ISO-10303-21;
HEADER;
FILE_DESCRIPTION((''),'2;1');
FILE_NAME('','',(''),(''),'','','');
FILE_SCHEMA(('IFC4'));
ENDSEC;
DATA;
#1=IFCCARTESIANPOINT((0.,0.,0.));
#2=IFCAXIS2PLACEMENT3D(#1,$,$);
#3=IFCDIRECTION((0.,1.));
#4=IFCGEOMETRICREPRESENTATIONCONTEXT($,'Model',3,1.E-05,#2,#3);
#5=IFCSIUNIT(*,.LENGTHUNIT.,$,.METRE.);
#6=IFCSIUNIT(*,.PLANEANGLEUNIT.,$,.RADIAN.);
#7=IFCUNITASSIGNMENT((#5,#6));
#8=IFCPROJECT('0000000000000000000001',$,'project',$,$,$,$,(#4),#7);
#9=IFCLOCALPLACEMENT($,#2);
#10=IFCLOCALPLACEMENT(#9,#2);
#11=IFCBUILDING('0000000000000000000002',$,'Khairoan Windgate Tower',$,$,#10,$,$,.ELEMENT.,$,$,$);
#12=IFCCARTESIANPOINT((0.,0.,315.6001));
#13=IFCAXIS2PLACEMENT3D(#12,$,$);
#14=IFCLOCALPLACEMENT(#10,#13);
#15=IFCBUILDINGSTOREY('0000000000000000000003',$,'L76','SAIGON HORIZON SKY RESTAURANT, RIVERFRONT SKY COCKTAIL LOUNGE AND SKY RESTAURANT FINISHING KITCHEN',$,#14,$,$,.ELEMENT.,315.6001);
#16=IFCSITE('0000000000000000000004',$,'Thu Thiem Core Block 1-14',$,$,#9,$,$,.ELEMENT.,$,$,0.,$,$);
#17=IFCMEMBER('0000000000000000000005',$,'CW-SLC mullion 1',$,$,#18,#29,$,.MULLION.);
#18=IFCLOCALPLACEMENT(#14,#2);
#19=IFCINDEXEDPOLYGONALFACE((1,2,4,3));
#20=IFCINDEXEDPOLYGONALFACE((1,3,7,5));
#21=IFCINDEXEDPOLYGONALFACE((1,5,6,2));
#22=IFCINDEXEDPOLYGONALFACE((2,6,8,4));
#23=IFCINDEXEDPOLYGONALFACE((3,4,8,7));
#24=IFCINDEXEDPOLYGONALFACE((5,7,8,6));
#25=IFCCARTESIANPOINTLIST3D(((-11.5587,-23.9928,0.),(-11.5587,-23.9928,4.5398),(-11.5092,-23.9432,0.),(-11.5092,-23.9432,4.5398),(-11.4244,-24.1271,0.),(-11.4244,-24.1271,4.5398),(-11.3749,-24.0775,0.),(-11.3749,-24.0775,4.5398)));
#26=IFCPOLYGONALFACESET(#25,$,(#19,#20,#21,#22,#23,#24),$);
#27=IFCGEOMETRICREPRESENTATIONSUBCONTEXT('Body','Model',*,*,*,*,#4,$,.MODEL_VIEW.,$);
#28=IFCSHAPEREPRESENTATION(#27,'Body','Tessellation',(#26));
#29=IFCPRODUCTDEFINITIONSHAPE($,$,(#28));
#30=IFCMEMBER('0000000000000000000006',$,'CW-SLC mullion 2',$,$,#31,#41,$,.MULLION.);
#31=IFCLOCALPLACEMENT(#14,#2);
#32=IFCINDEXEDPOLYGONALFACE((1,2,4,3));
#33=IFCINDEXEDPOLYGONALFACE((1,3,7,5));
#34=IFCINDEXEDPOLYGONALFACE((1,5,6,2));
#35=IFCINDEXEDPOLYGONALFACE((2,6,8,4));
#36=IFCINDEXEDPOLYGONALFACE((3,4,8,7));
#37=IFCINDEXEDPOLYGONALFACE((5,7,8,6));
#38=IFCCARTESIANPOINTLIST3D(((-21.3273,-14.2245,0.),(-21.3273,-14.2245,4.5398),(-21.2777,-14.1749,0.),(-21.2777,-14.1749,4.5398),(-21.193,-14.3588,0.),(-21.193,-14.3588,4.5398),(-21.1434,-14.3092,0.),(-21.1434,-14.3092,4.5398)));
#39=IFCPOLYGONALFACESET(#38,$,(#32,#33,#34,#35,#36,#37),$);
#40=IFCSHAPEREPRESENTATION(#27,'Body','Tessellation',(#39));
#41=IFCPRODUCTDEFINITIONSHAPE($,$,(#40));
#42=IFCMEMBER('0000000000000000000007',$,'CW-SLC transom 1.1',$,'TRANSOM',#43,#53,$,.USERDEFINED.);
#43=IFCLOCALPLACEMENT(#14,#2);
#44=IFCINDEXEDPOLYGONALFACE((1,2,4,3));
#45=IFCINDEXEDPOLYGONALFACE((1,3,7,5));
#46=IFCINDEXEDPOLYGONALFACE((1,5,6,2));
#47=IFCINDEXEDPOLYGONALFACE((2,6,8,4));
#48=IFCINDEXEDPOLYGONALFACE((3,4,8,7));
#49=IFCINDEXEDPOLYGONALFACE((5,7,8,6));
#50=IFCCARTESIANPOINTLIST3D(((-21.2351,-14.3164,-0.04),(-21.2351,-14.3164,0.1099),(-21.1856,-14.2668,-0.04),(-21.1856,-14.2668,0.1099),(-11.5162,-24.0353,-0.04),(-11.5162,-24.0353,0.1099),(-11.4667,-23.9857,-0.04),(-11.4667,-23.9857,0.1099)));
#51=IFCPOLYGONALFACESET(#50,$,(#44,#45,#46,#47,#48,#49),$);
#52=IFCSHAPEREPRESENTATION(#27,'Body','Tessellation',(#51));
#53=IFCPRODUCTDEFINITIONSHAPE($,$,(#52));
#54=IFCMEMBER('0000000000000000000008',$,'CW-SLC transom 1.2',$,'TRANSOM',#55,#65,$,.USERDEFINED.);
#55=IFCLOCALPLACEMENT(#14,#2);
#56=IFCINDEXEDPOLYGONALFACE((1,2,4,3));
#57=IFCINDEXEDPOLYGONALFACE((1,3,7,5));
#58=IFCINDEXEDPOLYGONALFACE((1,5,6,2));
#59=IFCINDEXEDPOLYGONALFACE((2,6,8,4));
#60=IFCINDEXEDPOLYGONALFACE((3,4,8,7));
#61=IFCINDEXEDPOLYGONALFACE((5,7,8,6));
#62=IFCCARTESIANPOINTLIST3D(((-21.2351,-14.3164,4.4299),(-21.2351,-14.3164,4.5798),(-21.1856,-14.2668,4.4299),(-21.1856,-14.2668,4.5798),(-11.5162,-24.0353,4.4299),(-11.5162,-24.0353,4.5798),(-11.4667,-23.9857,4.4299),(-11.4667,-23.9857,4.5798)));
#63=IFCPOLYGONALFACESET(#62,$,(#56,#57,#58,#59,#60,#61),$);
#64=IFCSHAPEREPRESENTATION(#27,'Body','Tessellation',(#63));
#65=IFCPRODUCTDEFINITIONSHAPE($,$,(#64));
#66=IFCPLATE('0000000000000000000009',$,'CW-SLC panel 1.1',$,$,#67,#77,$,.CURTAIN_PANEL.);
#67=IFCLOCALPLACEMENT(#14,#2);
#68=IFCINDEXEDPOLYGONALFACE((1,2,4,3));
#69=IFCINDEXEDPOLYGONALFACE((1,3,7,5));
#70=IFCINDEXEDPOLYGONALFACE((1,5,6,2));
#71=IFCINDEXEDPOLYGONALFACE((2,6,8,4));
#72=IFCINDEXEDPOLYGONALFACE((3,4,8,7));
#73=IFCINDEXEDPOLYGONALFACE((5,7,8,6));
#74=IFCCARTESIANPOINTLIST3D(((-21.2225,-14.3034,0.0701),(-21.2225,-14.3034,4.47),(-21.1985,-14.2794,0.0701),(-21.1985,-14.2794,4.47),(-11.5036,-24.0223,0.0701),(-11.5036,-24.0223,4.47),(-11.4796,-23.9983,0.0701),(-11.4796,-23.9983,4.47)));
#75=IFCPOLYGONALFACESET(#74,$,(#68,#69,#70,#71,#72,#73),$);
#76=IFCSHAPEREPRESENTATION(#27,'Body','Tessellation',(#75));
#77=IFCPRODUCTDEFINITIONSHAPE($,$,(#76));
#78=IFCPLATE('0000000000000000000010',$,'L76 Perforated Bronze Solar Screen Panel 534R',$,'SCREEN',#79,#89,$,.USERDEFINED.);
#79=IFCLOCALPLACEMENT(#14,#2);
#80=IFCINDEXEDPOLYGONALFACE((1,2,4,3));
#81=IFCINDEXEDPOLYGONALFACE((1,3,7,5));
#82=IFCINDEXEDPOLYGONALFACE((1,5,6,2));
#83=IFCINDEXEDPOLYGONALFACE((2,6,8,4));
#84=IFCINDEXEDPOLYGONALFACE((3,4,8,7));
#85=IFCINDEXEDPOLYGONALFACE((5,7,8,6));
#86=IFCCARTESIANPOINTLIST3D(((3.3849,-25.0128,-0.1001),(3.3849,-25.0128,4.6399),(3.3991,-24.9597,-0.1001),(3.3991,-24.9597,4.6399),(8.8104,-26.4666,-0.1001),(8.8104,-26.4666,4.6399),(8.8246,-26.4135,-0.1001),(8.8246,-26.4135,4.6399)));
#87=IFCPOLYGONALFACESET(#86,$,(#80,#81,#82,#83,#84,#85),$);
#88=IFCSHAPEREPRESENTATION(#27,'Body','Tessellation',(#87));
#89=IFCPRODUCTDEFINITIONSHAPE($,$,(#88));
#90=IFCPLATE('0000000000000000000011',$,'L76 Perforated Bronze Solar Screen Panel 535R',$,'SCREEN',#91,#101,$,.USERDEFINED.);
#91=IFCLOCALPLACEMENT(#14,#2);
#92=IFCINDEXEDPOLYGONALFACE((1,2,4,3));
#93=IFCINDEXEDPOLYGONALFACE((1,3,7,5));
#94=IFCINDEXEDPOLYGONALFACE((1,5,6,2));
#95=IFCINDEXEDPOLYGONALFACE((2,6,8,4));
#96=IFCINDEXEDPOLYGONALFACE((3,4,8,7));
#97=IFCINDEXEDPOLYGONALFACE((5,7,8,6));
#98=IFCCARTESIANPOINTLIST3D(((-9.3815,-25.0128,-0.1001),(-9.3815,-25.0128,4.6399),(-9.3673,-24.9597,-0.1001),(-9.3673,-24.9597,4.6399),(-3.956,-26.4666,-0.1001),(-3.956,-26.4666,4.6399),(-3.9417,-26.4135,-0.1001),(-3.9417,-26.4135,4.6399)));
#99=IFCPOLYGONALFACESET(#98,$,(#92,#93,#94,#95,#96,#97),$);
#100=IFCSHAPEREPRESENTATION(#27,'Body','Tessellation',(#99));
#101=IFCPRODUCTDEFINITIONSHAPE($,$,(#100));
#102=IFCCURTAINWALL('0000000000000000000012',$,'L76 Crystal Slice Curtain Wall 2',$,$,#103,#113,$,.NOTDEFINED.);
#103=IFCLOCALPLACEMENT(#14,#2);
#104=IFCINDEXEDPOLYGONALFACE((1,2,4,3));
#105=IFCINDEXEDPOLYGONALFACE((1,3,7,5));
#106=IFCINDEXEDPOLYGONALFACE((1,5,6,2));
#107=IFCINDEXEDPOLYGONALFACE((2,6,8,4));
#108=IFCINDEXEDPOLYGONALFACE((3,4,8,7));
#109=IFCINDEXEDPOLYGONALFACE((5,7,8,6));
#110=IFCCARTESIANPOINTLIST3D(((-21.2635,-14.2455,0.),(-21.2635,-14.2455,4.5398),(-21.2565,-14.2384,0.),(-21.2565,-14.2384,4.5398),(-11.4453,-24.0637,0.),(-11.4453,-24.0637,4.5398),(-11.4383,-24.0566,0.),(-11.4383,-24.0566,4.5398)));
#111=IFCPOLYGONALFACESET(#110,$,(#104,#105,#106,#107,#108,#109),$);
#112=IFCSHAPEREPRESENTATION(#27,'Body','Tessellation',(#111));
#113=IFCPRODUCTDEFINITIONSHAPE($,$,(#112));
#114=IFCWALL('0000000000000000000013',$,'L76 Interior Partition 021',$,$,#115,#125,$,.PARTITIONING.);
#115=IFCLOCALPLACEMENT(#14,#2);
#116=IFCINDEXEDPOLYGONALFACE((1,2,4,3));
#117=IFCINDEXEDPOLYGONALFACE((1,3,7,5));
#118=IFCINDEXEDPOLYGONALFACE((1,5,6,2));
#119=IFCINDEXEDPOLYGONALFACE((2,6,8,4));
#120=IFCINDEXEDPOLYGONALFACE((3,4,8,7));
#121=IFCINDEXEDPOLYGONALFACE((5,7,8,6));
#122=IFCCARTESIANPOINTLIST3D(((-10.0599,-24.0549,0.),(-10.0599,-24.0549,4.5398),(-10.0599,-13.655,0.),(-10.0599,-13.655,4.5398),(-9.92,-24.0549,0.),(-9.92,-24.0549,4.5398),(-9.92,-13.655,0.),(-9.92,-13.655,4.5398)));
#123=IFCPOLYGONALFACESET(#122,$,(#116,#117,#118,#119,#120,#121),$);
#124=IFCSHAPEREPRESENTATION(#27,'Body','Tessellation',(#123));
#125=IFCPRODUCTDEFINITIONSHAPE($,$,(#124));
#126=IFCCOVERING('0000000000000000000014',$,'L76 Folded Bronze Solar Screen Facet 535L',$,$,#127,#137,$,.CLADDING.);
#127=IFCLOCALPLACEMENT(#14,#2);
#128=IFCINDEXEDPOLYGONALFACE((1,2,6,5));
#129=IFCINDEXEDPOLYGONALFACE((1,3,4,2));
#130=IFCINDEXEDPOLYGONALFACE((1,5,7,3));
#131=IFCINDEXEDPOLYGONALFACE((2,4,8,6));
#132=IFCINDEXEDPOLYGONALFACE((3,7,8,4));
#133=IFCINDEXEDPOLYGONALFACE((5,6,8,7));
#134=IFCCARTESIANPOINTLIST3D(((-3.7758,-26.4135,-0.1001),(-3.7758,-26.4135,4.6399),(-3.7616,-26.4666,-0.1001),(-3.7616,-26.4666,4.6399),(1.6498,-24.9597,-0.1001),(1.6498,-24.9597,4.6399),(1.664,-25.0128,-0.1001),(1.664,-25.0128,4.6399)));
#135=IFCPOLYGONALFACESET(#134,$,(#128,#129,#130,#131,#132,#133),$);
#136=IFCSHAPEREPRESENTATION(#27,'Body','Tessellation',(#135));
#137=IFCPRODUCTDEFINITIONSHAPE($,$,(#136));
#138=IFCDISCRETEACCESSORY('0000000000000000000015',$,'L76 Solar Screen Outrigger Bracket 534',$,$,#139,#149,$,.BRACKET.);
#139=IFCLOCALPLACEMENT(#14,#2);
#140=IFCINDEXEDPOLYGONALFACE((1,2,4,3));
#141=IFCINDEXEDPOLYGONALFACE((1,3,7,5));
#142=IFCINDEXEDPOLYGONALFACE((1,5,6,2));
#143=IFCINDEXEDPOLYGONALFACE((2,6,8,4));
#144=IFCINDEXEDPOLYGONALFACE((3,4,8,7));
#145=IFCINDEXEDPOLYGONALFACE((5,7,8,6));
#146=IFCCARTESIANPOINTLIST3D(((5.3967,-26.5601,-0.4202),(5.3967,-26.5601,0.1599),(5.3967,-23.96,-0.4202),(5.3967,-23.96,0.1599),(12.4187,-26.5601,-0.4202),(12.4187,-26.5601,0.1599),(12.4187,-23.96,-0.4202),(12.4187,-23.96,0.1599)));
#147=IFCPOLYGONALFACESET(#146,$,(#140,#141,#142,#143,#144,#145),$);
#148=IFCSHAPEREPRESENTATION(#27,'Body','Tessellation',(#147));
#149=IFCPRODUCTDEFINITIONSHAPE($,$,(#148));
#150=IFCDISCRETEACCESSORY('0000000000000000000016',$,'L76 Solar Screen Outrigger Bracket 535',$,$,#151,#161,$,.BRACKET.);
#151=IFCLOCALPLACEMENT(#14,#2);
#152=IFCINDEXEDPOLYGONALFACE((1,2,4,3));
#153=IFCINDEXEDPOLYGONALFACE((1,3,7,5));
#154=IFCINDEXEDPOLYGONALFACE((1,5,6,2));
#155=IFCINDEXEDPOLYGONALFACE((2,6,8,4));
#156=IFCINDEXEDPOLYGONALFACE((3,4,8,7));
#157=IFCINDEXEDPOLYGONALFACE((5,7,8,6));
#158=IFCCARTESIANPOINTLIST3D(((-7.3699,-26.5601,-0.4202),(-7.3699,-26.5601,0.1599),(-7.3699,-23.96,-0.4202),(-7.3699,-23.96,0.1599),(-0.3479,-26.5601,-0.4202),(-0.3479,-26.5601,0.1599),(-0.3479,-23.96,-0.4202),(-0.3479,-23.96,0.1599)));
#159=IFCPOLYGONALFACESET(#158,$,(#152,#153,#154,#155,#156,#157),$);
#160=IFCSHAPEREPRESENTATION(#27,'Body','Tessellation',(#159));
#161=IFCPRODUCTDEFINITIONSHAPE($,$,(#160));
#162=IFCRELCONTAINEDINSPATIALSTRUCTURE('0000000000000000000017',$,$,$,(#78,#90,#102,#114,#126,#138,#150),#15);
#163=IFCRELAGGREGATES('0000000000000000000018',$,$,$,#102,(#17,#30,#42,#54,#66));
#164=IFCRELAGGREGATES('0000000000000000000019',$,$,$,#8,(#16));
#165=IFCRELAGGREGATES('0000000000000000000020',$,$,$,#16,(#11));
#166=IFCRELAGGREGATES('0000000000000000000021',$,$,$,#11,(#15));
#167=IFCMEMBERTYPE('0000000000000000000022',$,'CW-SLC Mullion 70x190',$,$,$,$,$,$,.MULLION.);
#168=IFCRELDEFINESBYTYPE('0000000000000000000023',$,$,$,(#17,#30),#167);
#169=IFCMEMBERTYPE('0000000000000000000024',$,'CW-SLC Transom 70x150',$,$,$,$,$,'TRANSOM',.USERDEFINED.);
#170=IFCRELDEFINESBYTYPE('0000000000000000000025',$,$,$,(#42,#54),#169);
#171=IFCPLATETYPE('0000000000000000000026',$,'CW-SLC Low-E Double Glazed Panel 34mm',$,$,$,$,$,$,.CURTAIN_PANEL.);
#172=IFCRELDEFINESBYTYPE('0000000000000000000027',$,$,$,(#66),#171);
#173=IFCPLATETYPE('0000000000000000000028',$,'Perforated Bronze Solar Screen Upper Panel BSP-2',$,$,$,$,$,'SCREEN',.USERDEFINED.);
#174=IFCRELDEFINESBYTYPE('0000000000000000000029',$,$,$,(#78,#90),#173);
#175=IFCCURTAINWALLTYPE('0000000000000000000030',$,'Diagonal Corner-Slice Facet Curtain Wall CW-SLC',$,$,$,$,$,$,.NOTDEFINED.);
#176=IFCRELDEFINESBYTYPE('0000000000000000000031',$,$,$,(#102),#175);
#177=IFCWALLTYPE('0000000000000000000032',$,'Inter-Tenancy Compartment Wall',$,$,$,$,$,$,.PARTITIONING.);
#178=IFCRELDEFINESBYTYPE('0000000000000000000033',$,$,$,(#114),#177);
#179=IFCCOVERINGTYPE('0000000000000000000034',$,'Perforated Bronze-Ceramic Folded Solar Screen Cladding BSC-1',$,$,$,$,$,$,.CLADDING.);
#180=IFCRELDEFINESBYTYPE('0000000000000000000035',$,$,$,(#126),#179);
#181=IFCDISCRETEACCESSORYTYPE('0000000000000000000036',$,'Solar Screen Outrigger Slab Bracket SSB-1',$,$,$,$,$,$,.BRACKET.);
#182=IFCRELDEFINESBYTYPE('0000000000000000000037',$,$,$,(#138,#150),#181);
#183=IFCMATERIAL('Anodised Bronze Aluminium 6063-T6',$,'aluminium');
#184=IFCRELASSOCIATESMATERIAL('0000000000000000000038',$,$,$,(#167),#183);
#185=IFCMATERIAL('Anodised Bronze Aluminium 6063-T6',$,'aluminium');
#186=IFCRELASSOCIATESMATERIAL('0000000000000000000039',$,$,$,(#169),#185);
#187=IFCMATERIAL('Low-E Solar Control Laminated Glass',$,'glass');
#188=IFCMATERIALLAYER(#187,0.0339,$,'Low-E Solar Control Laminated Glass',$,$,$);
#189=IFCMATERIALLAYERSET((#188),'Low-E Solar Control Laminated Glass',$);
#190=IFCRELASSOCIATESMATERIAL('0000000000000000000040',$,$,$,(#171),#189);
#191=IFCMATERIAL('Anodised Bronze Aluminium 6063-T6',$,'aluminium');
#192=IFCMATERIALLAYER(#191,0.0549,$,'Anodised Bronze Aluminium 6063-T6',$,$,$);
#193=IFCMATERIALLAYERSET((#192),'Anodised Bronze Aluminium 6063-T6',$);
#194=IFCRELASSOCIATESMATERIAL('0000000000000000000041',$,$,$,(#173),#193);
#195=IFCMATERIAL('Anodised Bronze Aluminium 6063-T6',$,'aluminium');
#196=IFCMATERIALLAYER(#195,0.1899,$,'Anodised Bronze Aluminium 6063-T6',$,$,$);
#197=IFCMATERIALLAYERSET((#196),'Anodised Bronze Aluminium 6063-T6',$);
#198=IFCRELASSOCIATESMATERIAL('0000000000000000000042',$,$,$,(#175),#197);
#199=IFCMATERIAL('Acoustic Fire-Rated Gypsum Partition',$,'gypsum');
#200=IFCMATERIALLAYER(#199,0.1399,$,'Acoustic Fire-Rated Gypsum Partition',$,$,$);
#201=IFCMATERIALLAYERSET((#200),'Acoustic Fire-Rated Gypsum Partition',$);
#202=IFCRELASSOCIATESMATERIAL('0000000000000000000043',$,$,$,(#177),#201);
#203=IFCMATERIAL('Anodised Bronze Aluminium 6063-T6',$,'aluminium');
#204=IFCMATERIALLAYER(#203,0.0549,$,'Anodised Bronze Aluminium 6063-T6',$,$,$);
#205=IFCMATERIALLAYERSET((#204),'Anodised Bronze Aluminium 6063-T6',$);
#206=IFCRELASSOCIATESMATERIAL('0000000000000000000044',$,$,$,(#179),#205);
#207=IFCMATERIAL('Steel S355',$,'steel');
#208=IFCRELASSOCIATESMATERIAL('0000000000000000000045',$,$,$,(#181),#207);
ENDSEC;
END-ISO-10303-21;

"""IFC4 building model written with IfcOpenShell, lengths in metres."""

from ifc_helpers import new_model, si_unit, direction, frame, frame_2d, origin, origin_2d, place, context, subcontext, project, spatial, rectangle, extrude, material, layer, layer_set, material_profile, profile_set, type_object, element, aggregate, save


model = new_model("IFC4")

# Units and contexts
model_context = context("Model", 3, precision=1e-05, world=origin(), true_north=direction((0.0, 1.0)))
body_context = subcontext(model_context, "Body", "Model", "MODEL_VIEW")
ifc_project = project(units=[si_unit("LENGTHUNIT", "METRE"), si_unit("PLANEANGLEUNIT", "RADIAN")], contexts=[model_context])

# Site, building, storey
site_placement = place(None, origin())
site = spatial("IfcSite", under=ifc_project, at=site_placement, Name="Thu Thiem Core Block 1-14", CompositionType="ELEMENT", RefElevation=0.0)
building_placement = place(site_placement, origin())
building = spatial("IfcBuilding", under=site, at=building_placement, Name="Khairoan Windgate Tower", CompositionType="ELEMENT")
storey_placement = place(building_placement, frame((0.0, 0.0, 315.6001)))
storey = spatial("IfcBuildingStorey", under=building, at=storey_placement, Name="L76", Description="SAIGON HORIZON SKY RESTAURANT, RIVERFRONT SKY COCKTAIL LOUNGE AND SKY RESTAURANT FINISHING KITCHEN", CompositionType="ELEMENT", Elevation=315.6001)

# Members
ifc_material_1 = material(Name="Anodised Bronze Aluminium 6063-T6", Category="aluminium")
ifc_material_profile_1 = material_profile(ifc_material_1, rectangle(XDim=0.0701, YDim=0.1899, at=origin_2d()))
ifc_profile_set_1 = profile_set([ifc_material_profile_1], Name="Anodised Bronze Aluminium 6063-T6")
member_type_1 = type_object("IfcMemberType", Name="CW-SLC Mullion 70x190", PredefinedType="MULLION", material=ifc_profile_set_1)
member_1_placement = place(storey_placement, frame((-11.4668, -24.0352, 0.0), z_axis=(0.0, 0.0, 1.0), x_axis=(-0.707107, -0.707107, 0.0)))
member_1 = element("IfcMember", 1, at=member_1_placement, type_object=member_type_1, Name="CW-SLC mullion 1", PredefinedType="MULLION", context=body_context, shape_type="SweptSolid", body=[
    extrude(rectangle(XDim=0.0701, YDim=0.1899, at=origin_2d()), origin(), (0.0, 0.0, 1.0), 4.5398),
])
member_2_placement = place(storey_placement, frame((-21.2354, -14.2668, 0.0), z_axis=(0.0, 0.0, 1.0), x_axis=(-0.707107, -0.707107, 0.0)))
member_2 = element("IfcMember", 2, at=member_2_placement, type_object=member_type_1, Name="CW-SLC mullion 2", PredefinedType="MULLION", context=body_context, shape_type="SweptSolid", body=[
    extrude(rectangle(XDim=0.0701, YDim=0.1899, at=origin_2d()), origin(), (0.0, 0.0, 1.0), 4.5398),
])
ifc_material_2 = material(Name="Anodised Bronze Aluminium 6063-T6", Category="aluminium")
ifc_material_profile_2 = material_profile(ifc_material_2, rectangle(XDim=0.0701, YDim=0.1499, at=origin_2d()))
ifc_profile_set_2 = profile_set([ifc_material_profile_2], Name="Anodised Bronze Aluminium 6063-T6")
member_type_2 = type_object("IfcMemberType", Name="CW-SLC Transom 70x150", ElementType="TRANSOM", PredefinedType="USERDEFINED", material=ifc_profile_set_2)
member_3_placement = place(storey_placement, frame((-11.4915, -24.0105, 0.0349), z_axis=(-0.707107, 0.707107, 0.0), x_axis=(-0.707107, -0.707107, 0.0)))
member_3 = element("IfcMember", 3, at=member_3_placement, type_object=member_type_2, Name="CW-SLC transom 1.1", ObjectType="TRANSOM", PredefinedType="USERDEFINED", context=body_context, shape_type="SweptSolid", body=[
    extrude(rectangle(XDim=0.0701, YDim=0.1499, at=origin_2d()), origin(), (0.0, 0.0, 1.0), 13.7446),
])
member_4_placement = place(storey_placement, frame((-11.4915, -24.0105, 4.5049), z_axis=(-0.707107, 0.707107, 0.0), x_axis=(-0.707107, -0.707107, 0.0)))
member_4 = element("IfcMember", 4, at=member_4_placement, type_object=member_type_2, Name="CW-SLC transom 1.2", ObjectType="TRANSOM", PredefinedType="USERDEFINED", context=body_context, shape_type="SweptSolid", body=[
    extrude(rectangle(XDim=0.0701, YDim=0.1499, at=origin_2d()), origin(), (0.0, 0.0, 1.0), 13.7446),
])

# Plate
ifc_material_3 = material(Name="Low-E Solar Control Laminated Glass", Category="glass")
ifc_layer_1 = layer(ifc_material_3, 0.0339, Name="Low-E Solar Control Laminated Glass")
ifc_layer_set_1 = layer_set([ifc_layer_1], Name="Low-E Solar Control Laminated Glass")
plate_type_1 = type_object("IfcPlateType", Name="CW-SLC Low-E Double Glazed Panel 34mm", PredefinedType="CURTAIN_PANEL", material=ifc_layer_set_1)
plate_placement = place(storey_placement, frame((-16.3511, -19.1509, 0.0701), z_axis=(0.0, 0.0, 1.0), x_axis=(-0.707107, 0.707107, 0.0)))
plate = element("IfcPlate", 5, at=plate_placement, type_object=plate_type_1, Name="CW-SLC panel 1.1", PredefinedType="CURTAIN_PANEL", context=body_context, shape_type="SweptSolid", body=[
    extrude(rectangle(XDim=13.7446, YDim=0.0339, at=origin_2d()), origin(), (0.0, 0.0, 1.0), 4.3999),
])

# Plates
ifc_material_4 = material(Name="Anodised Bronze Aluminium 6063-T6", Category="aluminium")
ifc_layer_2 = layer(ifc_material_4, 0.0549, Name="Anodised Bronze Aluminium 6063-T6")
ifc_layer_set_2 = layer_set([ifc_layer_2], Name="Anodised Bronze Aluminium 6063-T6")
plate_type_2 = type_object("IfcPlateType", Name="Perforated Bronze Solar Screen Upper Panel BSP-2", ElementType="SCREEN", PredefinedType="USERDEFINED", material=ifc_layer_set_2)
for number, where, z_axis, x_axis, name in (
    (6, (6.1047, -25.7131, -0.1001), (0.0, 0.0, 1.0), (-0.965926, 0.258819, 0.0), "L76 Perforated Bronze Solar Screen Panel 534R"),
    (7, (-6.6616, -25.7131, -0.1001), (0.0, 0.0, 1.0), (-0.965926, 0.258819, 0.0), "L76 Perforated Bronze Solar Screen Panel 535R"),
):
    element("IfcPlate", number, at=place(storey_placement, frame(where, z_axis=z_axis, x_axis=x_axis)), inside=storey, type_object=plate_type_2, Name=name, ObjectType="SCREEN", PredefinedType="USERDEFINED", context=body_context, shape_type="SweptSolid", body=[
        extrude(rectangle(XDim=5.6169, YDim=0.0549, at=origin_2d()), origin(), (0.0, 0.0, 1.0), 4.74),
    ])

# Curtain wall
ifc_material_5 = material(Name="Anodised Bronze Aluminium 6063-T6", Category="aluminium")
ifc_layer_3 = layer(ifc_material_5, 0.1899, Name="Anodised Bronze Aluminium 6063-T6")
ifc_layer_set_3 = layer_set([ifc_layer_3], Name="Anodised Bronze Aluminium 6063-T6")
curtain_wall_type = type_object("IfcCurtainWallType", Name="Diagonal Corner-Slice Facet Curtain Wall CW-SLC", PredefinedType="NOTDEFINED", material=ifc_layer_set_3)
curtain_wall_placement = place(storey_placement, frame((-11.4419, -24.0601, 0.0), z_axis=(0.0, 0.0, 1.0), x_axis=(-0.707107, 0.707107, 0.0)))
curtain_wall = element("IfcCurtainWall", 8, at=curtain_wall_placement, inside=storey, type_object=curtain_wall_type, Name="L76 Crystal Slice Curtain Wall 2", PredefinedType="NOTDEFINED", context=body_context, shape_type="SweptSolid", body=[
    extrude(rectangle(XDim=13.885, YDim=0.01, at=frame_2d((6.9424, 0.0))), origin(), (0.0, 0.0, 1.0), 4.5398),
])
aggregate(curtain_wall, [member_1, member_2, member_3, member_4, plate])

# Wall
ifc_material_6 = material(Name="Acoustic Fire-Rated Gypsum Partition", Category="gypsum")
ifc_layer_4 = layer(ifc_material_6, 0.1399, Name="Acoustic Fire-Rated Gypsum Partition")
ifc_layer_set_4 = layer_set([ifc_layer_4], Name="Acoustic Fire-Rated Gypsum Partition")
wall_type = type_object("IfcWallType", Name="Inter-Tenancy Compartment Wall", PredefinedType="PARTITIONING", material=ifc_layer_set_4)
wall_placement = place(storey_placement, frame((-9.99, -24.0549, 0.0), z_axis=(0.0, 0.0, 1.0), x_axis=(0.0, 1.0, 0.0)))
element("IfcWall", 9, at=wall_placement, inside=storey, type_object=wall_type, Name="L76 Interior Partition 021", PredefinedType="PARTITIONING", context=body_context, shape_type="SweptSolid", body=[
    extrude(rectangle(XDim=10.3999, YDim=0.1399, at=frame_2d((5.2, 0.0))), origin(), (0.0, 0.0, 1.0), 4.5398),
])

# Covering
ifc_material_7 = material(Name="Anodised Bronze Aluminium 6063-T6", Category="aluminium")
ifc_layer_5 = layer(ifc_material_7, 0.0549, Name="Anodised Bronze Aluminium 6063-T6")
ifc_layer_set_5 = layer_set([ifc_layer_5], Name="Anodised Bronze Aluminium 6063-T6")
covering_type = type_object("IfcCoveringType", Name="Perforated Bronze-Ceramic Folded Solar Screen Cladding BSC-1", PredefinedType="CLADDING", material=ifc_layer_set_5)
covering_placement = place(storey_placement, frame((-1.0559, -25.7131, -0.1001), z_axis=(0.0, 0.0, 1.0), x_axis=(-0.965926, -0.258819, 0.0)))
element("IfcCovering", 10, at=covering_placement, inside=storey, type_object=covering_type, Name="L76 Folded Bronze Solar Screen Facet 535L", PredefinedType="CLADDING", context=body_context, shape_type="SweptSolid", body=[
    extrude(rectangle(XDim=5.6169, YDim=0.0549, at=origin_2d()), origin(), (0.0, 0.0, 1.0), 4.74),
])

# Discrete accessories
ifc_material_8 = material(Name="Steel S355", Category="steel")
discrete_accessory_type = type_object("IfcDiscreteAccessoryType", Name="Solar Screen Outrigger Slab Bracket SSB-1", PredefinedType="BRACKET", material=ifc_material_8)
for number, where, z_axis, x_axis, name in (
    (11, (8.9077, -25.26, -0.4202), (0.0, 0.0, 1.0), (-1.0, 0.0, 0.0), "L76 Solar Screen Outrigger Bracket 534"),
    (12, (-3.8589, -25.26, -0.4202), (0.0, 0.0, 1.0), (-1.0, 0.0, 0.0), "L76 Solar Screen Outrigger Bracket 535"),
):
    element("IfcDiscreteAccessory", number, at=place(storey_placement, frame(where, z_axis=z_axis, x_axis=x_axis)), inside=storey, type_object=discrete_accessory_type, Name=name, PredefinedType="BRACKET", context=body_context, shape_type="SweptSolid", body=[
        extrude(rectangle(XDim=7.022, YDim=2.6001, at=origin_2d()), origin(), (0.0, 0.0, 1.0), 0.5801),
    ])

save(model, "model.ifc")
